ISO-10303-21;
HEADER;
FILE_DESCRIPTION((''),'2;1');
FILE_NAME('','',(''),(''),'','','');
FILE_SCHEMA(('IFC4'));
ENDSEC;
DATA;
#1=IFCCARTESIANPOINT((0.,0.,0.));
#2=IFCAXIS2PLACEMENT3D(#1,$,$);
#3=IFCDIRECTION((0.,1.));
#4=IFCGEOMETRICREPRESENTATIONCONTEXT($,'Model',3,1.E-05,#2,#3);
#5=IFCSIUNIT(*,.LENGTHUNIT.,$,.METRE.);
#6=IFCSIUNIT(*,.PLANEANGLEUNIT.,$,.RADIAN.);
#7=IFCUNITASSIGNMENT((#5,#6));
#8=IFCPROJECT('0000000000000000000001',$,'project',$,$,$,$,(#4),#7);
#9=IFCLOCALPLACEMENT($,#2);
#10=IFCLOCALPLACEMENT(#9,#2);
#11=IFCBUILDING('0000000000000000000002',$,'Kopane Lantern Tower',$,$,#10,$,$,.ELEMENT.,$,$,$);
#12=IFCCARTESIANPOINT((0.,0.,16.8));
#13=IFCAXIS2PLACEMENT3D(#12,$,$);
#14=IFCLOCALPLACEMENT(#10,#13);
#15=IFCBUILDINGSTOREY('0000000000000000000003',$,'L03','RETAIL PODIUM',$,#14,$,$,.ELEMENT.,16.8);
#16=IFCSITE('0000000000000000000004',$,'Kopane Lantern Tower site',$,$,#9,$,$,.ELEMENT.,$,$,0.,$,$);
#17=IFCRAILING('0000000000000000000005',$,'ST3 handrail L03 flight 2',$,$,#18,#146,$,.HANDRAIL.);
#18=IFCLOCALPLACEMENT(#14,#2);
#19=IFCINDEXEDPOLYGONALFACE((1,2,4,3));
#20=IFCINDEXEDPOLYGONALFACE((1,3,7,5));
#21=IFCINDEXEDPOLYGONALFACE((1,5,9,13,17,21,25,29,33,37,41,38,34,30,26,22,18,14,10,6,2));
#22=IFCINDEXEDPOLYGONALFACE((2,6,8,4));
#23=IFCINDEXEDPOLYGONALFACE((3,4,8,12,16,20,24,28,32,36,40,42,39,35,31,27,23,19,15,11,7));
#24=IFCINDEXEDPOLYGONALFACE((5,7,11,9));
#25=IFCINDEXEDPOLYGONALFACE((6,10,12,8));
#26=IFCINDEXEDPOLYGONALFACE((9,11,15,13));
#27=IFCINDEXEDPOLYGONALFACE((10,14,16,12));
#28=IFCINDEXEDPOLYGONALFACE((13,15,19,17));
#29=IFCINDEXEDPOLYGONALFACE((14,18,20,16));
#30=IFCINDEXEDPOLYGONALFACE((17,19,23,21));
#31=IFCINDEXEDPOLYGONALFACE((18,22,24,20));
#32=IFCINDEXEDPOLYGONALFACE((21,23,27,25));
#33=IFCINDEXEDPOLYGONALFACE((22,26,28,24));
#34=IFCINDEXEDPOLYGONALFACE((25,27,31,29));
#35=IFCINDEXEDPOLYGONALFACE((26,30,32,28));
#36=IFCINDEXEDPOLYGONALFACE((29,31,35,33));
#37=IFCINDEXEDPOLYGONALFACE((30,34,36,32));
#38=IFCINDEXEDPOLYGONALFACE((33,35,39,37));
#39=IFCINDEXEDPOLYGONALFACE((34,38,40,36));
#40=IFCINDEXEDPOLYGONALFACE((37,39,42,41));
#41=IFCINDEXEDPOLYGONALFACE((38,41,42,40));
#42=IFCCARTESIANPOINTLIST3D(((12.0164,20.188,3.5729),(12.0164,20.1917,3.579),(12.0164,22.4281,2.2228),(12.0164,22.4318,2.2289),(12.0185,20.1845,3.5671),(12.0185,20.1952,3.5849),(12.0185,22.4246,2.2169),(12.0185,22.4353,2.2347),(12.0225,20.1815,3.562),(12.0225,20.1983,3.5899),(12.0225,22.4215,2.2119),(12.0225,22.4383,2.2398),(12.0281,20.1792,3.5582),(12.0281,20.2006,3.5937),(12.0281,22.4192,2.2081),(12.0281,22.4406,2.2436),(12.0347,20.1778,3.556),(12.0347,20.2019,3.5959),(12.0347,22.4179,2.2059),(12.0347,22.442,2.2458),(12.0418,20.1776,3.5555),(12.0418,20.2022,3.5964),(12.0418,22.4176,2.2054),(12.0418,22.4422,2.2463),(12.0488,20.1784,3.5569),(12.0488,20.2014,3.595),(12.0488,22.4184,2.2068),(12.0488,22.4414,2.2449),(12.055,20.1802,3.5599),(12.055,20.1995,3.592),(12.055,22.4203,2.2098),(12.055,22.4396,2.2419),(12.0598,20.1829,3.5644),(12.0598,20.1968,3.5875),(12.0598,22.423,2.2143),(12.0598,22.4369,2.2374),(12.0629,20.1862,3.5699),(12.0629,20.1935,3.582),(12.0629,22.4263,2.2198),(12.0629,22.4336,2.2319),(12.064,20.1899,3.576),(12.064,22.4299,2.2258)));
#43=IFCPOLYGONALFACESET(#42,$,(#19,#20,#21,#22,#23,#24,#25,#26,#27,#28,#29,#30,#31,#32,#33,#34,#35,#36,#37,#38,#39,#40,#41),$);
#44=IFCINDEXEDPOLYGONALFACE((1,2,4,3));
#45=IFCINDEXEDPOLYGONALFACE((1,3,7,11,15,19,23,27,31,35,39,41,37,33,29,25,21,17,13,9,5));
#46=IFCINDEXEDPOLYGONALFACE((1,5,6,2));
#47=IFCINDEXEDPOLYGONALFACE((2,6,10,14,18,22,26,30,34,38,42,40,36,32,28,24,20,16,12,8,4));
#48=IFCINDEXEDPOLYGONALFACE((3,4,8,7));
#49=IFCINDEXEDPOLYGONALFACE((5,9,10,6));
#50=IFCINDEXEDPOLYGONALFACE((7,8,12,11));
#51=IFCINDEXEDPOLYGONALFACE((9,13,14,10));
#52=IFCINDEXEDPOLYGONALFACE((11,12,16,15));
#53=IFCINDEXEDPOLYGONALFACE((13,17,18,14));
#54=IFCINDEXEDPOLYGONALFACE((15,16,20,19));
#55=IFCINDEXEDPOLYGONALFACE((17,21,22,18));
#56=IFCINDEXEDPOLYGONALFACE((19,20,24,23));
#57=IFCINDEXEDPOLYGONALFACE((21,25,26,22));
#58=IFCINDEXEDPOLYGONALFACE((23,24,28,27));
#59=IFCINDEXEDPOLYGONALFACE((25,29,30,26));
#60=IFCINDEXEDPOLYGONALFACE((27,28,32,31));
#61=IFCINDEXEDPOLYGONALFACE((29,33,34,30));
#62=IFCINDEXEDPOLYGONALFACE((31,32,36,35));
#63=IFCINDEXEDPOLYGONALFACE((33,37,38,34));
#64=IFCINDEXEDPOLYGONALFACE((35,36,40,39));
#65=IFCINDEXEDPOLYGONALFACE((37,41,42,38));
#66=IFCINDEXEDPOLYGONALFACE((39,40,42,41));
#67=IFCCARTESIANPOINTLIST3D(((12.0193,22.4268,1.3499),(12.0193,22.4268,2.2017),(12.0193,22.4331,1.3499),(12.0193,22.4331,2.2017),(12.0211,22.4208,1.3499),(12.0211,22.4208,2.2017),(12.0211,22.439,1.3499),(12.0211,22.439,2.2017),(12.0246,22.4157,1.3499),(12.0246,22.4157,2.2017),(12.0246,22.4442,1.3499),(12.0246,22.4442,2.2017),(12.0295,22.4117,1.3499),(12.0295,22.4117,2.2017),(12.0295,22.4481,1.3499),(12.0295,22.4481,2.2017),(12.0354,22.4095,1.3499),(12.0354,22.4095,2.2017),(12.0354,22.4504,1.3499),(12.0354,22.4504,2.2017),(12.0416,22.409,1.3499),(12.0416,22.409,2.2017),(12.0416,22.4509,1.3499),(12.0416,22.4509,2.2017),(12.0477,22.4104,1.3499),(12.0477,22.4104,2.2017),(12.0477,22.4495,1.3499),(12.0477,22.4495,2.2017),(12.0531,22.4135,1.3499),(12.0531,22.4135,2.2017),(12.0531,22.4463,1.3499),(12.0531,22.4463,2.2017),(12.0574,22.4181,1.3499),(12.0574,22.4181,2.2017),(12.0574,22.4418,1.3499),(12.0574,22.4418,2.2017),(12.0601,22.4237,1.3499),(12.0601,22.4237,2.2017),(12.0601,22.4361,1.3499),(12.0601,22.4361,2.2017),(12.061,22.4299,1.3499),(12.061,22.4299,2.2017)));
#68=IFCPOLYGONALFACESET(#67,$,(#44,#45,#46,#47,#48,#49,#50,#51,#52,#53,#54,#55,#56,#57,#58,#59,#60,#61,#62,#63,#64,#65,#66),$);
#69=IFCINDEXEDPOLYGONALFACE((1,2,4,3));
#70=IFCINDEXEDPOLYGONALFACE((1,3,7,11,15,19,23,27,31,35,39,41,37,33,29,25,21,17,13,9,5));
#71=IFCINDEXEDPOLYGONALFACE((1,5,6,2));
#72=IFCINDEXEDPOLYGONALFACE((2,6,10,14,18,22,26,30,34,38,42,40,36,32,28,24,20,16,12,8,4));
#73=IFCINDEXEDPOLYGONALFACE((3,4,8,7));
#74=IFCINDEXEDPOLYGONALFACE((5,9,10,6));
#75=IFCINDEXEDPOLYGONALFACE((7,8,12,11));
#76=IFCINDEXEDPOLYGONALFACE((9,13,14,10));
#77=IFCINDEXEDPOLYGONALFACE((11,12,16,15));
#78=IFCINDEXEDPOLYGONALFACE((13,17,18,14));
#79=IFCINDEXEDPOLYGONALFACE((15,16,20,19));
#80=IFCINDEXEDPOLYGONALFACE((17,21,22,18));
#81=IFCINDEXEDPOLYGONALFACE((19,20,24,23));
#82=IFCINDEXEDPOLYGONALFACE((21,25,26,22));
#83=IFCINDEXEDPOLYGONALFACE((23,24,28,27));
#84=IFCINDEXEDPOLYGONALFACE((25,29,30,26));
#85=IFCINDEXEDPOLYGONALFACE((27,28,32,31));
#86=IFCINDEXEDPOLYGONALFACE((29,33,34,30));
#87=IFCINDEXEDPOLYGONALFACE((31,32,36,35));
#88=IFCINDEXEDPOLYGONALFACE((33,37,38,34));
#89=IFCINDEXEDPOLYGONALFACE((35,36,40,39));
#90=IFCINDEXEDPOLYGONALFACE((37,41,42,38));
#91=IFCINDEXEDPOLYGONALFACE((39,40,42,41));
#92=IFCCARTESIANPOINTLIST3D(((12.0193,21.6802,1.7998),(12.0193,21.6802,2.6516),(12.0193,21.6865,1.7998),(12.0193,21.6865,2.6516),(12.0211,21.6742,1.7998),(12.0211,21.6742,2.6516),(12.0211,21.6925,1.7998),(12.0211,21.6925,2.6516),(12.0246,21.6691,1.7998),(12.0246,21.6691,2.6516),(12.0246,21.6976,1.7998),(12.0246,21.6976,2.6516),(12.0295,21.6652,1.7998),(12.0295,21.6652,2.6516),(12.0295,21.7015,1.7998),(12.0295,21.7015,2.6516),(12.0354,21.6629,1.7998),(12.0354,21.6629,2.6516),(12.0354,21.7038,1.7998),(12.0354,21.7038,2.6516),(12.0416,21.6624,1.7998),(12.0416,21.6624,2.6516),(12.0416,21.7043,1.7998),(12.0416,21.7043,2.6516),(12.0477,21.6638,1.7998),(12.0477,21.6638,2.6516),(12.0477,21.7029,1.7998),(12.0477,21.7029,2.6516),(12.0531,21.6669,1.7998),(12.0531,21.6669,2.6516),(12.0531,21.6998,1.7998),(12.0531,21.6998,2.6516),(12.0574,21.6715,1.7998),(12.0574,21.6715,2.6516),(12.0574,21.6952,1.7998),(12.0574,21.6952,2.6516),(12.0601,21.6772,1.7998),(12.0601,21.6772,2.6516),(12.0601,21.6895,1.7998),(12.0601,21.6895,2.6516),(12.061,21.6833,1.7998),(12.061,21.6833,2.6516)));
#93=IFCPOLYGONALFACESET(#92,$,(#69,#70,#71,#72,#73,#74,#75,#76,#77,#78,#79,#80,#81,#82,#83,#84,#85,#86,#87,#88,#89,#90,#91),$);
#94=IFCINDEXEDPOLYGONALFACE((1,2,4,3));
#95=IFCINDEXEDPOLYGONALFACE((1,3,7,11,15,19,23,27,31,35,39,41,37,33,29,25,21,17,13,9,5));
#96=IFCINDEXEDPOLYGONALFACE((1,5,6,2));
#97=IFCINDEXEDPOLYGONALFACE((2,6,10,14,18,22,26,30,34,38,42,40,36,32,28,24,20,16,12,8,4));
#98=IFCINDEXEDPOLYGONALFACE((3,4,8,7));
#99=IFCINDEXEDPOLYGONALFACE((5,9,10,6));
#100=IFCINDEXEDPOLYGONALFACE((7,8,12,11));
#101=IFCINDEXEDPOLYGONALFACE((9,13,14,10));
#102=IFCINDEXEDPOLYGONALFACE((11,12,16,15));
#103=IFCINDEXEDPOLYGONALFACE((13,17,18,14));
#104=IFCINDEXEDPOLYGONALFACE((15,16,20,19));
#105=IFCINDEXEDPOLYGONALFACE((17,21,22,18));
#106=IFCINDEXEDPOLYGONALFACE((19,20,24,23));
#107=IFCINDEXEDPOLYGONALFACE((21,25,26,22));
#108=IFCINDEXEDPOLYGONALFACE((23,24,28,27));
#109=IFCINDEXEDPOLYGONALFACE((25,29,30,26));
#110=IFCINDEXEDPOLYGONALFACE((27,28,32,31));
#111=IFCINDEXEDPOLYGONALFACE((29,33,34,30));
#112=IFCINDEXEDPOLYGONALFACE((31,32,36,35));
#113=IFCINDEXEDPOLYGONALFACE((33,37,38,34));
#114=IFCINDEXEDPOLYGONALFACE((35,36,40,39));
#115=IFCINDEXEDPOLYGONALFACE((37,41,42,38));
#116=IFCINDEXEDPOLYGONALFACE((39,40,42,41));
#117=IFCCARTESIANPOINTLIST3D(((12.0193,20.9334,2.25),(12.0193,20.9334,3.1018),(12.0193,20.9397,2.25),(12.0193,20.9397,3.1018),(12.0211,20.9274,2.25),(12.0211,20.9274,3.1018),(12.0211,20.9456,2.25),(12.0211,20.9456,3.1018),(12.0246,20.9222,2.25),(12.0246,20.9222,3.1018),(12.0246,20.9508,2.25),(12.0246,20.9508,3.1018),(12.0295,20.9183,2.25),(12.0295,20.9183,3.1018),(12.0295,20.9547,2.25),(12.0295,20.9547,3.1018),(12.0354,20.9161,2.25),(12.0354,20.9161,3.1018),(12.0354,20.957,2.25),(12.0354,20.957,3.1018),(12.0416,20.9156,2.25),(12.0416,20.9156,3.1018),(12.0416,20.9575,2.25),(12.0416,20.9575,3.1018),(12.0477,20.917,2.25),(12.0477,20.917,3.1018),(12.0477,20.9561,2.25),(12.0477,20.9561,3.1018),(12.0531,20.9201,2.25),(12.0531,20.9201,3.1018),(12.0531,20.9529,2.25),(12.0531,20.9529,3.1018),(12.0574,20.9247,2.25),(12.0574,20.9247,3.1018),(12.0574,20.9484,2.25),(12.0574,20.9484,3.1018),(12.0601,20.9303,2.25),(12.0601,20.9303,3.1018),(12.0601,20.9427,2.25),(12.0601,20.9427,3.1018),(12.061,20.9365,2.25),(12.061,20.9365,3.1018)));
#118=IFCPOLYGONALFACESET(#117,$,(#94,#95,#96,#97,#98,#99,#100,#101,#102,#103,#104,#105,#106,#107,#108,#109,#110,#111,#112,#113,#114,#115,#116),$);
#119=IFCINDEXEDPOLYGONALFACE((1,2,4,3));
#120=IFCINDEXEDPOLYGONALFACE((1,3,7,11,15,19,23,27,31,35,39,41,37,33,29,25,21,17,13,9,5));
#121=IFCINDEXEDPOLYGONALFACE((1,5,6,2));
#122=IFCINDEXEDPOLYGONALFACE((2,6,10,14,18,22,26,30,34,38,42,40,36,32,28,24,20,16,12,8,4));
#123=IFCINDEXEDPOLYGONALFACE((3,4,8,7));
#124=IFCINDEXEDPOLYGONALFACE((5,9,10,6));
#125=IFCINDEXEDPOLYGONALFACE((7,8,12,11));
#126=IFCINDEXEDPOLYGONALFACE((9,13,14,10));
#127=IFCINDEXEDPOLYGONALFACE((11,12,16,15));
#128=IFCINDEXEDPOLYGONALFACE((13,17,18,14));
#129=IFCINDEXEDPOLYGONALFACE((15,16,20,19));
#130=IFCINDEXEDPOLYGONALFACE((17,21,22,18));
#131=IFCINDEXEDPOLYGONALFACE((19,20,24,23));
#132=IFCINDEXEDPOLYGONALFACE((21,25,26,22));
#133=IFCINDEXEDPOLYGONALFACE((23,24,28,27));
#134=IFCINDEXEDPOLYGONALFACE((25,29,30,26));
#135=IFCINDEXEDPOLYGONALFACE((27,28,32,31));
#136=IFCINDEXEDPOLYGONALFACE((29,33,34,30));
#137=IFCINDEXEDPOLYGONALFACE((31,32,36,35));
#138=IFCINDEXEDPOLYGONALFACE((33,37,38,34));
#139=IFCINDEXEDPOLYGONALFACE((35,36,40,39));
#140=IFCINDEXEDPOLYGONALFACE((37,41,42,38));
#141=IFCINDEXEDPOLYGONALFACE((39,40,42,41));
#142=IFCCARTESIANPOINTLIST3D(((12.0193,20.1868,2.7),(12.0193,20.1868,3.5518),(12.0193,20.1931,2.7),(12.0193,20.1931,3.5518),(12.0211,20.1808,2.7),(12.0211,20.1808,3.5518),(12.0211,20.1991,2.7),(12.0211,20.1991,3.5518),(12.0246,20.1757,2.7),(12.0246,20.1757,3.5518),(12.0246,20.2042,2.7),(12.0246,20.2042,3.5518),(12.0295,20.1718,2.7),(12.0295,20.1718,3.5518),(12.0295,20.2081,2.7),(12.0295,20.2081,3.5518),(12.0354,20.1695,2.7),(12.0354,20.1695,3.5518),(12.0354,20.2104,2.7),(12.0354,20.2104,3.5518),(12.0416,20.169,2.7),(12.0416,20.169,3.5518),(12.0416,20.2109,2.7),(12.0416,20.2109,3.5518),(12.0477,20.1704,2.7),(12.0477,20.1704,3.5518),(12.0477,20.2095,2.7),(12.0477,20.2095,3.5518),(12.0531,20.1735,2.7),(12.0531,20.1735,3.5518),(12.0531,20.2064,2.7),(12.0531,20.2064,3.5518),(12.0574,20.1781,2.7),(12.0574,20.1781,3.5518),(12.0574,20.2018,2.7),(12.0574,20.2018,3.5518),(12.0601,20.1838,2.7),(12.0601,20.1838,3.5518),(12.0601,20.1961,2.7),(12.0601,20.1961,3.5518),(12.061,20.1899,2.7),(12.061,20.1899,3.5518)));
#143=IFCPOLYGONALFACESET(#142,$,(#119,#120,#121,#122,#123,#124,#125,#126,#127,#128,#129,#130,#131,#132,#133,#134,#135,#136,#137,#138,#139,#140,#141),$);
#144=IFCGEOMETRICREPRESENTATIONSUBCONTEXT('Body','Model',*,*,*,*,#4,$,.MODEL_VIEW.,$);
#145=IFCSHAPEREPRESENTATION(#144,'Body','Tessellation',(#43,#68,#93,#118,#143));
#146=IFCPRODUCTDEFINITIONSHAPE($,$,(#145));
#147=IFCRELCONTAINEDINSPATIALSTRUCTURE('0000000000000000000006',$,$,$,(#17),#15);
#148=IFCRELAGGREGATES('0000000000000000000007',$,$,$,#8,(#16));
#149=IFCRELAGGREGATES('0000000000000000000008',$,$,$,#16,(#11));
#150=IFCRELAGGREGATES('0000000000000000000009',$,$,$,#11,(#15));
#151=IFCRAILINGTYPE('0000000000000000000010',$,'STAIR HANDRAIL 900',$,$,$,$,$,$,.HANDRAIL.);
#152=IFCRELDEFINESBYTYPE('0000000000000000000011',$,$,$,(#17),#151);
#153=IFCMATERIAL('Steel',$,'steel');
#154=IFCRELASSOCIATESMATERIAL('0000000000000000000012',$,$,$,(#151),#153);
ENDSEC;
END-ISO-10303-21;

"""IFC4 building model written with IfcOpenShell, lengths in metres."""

from ifc_helpers import new_model, si_unit, direction, frame, origin, origin_2d, place, context, subcontext, project, spatial, circle, extrude, material, type_object, element, save


model = new_model("IFC4")

# Units and contexts
model_context = context("Model", 3, precision=1e-05, world=origin(), true_north=direction((0.0, 1.0)))
body_context = subcontext(model_context, "Body", "Model", "MODEL_VIEW")
ifc_project = project(units=[si_unit("LENGTHUNIT", "METRE"), si_unit("PLANEANGLEUNIT", "RADIAN")], contexts=[model_context])

# Site, building, storey
site_placement = place(None, origin())
site = spatial("IfcSite", under=ifc_project, at=site_placement, Name="Kopane Lantern Tower site", CompositionType="ELEMENT", RefElevation=0.0)
building_placement = place(site_placement, origin())
building = spatial("IfcBuilding", under=site, at=building_placement, Name="Kopane Lantern Tower", CompositionType="ELEMENT")
storey_placement = place(building_placement, frame((0.0, 0.0, 16.8)))
storey = spatial("IfcBuildingStorey", under=building, at=storey_placement, Name="L03", Description="RETAIL PODIUM", CompositionType="ELEMENT", Elevation=16.8)

# Railing
ifc_material_1 = material(Name="Steel", Category="steel")
railing_type_1 = type_object("IfcRailingType", Name="STAIR HANDRAIL 900", PredefinedType="HANDRAIL", material=ifc_material_1)
for number, where, name in (
    (1, (12.04, 22.4299, 1.3499), "ST3 handrail L03 flight 2"),
):
    element("IfcRailing", number, at=place(storey_placement, frame(where)), inside=storey, type_object=railing_type_1, Name=name, PredefinedType="HANDRAIL", context=body_context, shape_type="SweptSolid", body=[
        extrude(circle(Radius=0.0239, at=origin_2d()), frame((0.0, 0.0, 0.876), z_axis=(0.0, -0.856462, 0.516211), x_axis=(1.0, 0.0, 0.0)), (0.0, 0.0, 1.0), 2.6155),
        extrude(circle(Radius=0.021, at=origin_2d()), origin(), (0.0, 0.0, 1.0), 0.8518),
        extrude(circle(Radius=0.021, at=origin_2d()), frame((0.0, -0.7466, 0.45)), (0.0, 0.0, 1.0), 0.8518),
        extrude(circle(Radius=0.021, at=origin_2d()), frame((0.0, -1.4934, 0.9001)), (0.0, 0.0, 1.0), 0.8518),
        extrude(circle(Radius=0.021, at=origin_2d()), frame((0.0, -2.24, 1.3501)), (0.0, 0.0, 1.0), 0.8518),
    ])

save(model, "model.ifc")
